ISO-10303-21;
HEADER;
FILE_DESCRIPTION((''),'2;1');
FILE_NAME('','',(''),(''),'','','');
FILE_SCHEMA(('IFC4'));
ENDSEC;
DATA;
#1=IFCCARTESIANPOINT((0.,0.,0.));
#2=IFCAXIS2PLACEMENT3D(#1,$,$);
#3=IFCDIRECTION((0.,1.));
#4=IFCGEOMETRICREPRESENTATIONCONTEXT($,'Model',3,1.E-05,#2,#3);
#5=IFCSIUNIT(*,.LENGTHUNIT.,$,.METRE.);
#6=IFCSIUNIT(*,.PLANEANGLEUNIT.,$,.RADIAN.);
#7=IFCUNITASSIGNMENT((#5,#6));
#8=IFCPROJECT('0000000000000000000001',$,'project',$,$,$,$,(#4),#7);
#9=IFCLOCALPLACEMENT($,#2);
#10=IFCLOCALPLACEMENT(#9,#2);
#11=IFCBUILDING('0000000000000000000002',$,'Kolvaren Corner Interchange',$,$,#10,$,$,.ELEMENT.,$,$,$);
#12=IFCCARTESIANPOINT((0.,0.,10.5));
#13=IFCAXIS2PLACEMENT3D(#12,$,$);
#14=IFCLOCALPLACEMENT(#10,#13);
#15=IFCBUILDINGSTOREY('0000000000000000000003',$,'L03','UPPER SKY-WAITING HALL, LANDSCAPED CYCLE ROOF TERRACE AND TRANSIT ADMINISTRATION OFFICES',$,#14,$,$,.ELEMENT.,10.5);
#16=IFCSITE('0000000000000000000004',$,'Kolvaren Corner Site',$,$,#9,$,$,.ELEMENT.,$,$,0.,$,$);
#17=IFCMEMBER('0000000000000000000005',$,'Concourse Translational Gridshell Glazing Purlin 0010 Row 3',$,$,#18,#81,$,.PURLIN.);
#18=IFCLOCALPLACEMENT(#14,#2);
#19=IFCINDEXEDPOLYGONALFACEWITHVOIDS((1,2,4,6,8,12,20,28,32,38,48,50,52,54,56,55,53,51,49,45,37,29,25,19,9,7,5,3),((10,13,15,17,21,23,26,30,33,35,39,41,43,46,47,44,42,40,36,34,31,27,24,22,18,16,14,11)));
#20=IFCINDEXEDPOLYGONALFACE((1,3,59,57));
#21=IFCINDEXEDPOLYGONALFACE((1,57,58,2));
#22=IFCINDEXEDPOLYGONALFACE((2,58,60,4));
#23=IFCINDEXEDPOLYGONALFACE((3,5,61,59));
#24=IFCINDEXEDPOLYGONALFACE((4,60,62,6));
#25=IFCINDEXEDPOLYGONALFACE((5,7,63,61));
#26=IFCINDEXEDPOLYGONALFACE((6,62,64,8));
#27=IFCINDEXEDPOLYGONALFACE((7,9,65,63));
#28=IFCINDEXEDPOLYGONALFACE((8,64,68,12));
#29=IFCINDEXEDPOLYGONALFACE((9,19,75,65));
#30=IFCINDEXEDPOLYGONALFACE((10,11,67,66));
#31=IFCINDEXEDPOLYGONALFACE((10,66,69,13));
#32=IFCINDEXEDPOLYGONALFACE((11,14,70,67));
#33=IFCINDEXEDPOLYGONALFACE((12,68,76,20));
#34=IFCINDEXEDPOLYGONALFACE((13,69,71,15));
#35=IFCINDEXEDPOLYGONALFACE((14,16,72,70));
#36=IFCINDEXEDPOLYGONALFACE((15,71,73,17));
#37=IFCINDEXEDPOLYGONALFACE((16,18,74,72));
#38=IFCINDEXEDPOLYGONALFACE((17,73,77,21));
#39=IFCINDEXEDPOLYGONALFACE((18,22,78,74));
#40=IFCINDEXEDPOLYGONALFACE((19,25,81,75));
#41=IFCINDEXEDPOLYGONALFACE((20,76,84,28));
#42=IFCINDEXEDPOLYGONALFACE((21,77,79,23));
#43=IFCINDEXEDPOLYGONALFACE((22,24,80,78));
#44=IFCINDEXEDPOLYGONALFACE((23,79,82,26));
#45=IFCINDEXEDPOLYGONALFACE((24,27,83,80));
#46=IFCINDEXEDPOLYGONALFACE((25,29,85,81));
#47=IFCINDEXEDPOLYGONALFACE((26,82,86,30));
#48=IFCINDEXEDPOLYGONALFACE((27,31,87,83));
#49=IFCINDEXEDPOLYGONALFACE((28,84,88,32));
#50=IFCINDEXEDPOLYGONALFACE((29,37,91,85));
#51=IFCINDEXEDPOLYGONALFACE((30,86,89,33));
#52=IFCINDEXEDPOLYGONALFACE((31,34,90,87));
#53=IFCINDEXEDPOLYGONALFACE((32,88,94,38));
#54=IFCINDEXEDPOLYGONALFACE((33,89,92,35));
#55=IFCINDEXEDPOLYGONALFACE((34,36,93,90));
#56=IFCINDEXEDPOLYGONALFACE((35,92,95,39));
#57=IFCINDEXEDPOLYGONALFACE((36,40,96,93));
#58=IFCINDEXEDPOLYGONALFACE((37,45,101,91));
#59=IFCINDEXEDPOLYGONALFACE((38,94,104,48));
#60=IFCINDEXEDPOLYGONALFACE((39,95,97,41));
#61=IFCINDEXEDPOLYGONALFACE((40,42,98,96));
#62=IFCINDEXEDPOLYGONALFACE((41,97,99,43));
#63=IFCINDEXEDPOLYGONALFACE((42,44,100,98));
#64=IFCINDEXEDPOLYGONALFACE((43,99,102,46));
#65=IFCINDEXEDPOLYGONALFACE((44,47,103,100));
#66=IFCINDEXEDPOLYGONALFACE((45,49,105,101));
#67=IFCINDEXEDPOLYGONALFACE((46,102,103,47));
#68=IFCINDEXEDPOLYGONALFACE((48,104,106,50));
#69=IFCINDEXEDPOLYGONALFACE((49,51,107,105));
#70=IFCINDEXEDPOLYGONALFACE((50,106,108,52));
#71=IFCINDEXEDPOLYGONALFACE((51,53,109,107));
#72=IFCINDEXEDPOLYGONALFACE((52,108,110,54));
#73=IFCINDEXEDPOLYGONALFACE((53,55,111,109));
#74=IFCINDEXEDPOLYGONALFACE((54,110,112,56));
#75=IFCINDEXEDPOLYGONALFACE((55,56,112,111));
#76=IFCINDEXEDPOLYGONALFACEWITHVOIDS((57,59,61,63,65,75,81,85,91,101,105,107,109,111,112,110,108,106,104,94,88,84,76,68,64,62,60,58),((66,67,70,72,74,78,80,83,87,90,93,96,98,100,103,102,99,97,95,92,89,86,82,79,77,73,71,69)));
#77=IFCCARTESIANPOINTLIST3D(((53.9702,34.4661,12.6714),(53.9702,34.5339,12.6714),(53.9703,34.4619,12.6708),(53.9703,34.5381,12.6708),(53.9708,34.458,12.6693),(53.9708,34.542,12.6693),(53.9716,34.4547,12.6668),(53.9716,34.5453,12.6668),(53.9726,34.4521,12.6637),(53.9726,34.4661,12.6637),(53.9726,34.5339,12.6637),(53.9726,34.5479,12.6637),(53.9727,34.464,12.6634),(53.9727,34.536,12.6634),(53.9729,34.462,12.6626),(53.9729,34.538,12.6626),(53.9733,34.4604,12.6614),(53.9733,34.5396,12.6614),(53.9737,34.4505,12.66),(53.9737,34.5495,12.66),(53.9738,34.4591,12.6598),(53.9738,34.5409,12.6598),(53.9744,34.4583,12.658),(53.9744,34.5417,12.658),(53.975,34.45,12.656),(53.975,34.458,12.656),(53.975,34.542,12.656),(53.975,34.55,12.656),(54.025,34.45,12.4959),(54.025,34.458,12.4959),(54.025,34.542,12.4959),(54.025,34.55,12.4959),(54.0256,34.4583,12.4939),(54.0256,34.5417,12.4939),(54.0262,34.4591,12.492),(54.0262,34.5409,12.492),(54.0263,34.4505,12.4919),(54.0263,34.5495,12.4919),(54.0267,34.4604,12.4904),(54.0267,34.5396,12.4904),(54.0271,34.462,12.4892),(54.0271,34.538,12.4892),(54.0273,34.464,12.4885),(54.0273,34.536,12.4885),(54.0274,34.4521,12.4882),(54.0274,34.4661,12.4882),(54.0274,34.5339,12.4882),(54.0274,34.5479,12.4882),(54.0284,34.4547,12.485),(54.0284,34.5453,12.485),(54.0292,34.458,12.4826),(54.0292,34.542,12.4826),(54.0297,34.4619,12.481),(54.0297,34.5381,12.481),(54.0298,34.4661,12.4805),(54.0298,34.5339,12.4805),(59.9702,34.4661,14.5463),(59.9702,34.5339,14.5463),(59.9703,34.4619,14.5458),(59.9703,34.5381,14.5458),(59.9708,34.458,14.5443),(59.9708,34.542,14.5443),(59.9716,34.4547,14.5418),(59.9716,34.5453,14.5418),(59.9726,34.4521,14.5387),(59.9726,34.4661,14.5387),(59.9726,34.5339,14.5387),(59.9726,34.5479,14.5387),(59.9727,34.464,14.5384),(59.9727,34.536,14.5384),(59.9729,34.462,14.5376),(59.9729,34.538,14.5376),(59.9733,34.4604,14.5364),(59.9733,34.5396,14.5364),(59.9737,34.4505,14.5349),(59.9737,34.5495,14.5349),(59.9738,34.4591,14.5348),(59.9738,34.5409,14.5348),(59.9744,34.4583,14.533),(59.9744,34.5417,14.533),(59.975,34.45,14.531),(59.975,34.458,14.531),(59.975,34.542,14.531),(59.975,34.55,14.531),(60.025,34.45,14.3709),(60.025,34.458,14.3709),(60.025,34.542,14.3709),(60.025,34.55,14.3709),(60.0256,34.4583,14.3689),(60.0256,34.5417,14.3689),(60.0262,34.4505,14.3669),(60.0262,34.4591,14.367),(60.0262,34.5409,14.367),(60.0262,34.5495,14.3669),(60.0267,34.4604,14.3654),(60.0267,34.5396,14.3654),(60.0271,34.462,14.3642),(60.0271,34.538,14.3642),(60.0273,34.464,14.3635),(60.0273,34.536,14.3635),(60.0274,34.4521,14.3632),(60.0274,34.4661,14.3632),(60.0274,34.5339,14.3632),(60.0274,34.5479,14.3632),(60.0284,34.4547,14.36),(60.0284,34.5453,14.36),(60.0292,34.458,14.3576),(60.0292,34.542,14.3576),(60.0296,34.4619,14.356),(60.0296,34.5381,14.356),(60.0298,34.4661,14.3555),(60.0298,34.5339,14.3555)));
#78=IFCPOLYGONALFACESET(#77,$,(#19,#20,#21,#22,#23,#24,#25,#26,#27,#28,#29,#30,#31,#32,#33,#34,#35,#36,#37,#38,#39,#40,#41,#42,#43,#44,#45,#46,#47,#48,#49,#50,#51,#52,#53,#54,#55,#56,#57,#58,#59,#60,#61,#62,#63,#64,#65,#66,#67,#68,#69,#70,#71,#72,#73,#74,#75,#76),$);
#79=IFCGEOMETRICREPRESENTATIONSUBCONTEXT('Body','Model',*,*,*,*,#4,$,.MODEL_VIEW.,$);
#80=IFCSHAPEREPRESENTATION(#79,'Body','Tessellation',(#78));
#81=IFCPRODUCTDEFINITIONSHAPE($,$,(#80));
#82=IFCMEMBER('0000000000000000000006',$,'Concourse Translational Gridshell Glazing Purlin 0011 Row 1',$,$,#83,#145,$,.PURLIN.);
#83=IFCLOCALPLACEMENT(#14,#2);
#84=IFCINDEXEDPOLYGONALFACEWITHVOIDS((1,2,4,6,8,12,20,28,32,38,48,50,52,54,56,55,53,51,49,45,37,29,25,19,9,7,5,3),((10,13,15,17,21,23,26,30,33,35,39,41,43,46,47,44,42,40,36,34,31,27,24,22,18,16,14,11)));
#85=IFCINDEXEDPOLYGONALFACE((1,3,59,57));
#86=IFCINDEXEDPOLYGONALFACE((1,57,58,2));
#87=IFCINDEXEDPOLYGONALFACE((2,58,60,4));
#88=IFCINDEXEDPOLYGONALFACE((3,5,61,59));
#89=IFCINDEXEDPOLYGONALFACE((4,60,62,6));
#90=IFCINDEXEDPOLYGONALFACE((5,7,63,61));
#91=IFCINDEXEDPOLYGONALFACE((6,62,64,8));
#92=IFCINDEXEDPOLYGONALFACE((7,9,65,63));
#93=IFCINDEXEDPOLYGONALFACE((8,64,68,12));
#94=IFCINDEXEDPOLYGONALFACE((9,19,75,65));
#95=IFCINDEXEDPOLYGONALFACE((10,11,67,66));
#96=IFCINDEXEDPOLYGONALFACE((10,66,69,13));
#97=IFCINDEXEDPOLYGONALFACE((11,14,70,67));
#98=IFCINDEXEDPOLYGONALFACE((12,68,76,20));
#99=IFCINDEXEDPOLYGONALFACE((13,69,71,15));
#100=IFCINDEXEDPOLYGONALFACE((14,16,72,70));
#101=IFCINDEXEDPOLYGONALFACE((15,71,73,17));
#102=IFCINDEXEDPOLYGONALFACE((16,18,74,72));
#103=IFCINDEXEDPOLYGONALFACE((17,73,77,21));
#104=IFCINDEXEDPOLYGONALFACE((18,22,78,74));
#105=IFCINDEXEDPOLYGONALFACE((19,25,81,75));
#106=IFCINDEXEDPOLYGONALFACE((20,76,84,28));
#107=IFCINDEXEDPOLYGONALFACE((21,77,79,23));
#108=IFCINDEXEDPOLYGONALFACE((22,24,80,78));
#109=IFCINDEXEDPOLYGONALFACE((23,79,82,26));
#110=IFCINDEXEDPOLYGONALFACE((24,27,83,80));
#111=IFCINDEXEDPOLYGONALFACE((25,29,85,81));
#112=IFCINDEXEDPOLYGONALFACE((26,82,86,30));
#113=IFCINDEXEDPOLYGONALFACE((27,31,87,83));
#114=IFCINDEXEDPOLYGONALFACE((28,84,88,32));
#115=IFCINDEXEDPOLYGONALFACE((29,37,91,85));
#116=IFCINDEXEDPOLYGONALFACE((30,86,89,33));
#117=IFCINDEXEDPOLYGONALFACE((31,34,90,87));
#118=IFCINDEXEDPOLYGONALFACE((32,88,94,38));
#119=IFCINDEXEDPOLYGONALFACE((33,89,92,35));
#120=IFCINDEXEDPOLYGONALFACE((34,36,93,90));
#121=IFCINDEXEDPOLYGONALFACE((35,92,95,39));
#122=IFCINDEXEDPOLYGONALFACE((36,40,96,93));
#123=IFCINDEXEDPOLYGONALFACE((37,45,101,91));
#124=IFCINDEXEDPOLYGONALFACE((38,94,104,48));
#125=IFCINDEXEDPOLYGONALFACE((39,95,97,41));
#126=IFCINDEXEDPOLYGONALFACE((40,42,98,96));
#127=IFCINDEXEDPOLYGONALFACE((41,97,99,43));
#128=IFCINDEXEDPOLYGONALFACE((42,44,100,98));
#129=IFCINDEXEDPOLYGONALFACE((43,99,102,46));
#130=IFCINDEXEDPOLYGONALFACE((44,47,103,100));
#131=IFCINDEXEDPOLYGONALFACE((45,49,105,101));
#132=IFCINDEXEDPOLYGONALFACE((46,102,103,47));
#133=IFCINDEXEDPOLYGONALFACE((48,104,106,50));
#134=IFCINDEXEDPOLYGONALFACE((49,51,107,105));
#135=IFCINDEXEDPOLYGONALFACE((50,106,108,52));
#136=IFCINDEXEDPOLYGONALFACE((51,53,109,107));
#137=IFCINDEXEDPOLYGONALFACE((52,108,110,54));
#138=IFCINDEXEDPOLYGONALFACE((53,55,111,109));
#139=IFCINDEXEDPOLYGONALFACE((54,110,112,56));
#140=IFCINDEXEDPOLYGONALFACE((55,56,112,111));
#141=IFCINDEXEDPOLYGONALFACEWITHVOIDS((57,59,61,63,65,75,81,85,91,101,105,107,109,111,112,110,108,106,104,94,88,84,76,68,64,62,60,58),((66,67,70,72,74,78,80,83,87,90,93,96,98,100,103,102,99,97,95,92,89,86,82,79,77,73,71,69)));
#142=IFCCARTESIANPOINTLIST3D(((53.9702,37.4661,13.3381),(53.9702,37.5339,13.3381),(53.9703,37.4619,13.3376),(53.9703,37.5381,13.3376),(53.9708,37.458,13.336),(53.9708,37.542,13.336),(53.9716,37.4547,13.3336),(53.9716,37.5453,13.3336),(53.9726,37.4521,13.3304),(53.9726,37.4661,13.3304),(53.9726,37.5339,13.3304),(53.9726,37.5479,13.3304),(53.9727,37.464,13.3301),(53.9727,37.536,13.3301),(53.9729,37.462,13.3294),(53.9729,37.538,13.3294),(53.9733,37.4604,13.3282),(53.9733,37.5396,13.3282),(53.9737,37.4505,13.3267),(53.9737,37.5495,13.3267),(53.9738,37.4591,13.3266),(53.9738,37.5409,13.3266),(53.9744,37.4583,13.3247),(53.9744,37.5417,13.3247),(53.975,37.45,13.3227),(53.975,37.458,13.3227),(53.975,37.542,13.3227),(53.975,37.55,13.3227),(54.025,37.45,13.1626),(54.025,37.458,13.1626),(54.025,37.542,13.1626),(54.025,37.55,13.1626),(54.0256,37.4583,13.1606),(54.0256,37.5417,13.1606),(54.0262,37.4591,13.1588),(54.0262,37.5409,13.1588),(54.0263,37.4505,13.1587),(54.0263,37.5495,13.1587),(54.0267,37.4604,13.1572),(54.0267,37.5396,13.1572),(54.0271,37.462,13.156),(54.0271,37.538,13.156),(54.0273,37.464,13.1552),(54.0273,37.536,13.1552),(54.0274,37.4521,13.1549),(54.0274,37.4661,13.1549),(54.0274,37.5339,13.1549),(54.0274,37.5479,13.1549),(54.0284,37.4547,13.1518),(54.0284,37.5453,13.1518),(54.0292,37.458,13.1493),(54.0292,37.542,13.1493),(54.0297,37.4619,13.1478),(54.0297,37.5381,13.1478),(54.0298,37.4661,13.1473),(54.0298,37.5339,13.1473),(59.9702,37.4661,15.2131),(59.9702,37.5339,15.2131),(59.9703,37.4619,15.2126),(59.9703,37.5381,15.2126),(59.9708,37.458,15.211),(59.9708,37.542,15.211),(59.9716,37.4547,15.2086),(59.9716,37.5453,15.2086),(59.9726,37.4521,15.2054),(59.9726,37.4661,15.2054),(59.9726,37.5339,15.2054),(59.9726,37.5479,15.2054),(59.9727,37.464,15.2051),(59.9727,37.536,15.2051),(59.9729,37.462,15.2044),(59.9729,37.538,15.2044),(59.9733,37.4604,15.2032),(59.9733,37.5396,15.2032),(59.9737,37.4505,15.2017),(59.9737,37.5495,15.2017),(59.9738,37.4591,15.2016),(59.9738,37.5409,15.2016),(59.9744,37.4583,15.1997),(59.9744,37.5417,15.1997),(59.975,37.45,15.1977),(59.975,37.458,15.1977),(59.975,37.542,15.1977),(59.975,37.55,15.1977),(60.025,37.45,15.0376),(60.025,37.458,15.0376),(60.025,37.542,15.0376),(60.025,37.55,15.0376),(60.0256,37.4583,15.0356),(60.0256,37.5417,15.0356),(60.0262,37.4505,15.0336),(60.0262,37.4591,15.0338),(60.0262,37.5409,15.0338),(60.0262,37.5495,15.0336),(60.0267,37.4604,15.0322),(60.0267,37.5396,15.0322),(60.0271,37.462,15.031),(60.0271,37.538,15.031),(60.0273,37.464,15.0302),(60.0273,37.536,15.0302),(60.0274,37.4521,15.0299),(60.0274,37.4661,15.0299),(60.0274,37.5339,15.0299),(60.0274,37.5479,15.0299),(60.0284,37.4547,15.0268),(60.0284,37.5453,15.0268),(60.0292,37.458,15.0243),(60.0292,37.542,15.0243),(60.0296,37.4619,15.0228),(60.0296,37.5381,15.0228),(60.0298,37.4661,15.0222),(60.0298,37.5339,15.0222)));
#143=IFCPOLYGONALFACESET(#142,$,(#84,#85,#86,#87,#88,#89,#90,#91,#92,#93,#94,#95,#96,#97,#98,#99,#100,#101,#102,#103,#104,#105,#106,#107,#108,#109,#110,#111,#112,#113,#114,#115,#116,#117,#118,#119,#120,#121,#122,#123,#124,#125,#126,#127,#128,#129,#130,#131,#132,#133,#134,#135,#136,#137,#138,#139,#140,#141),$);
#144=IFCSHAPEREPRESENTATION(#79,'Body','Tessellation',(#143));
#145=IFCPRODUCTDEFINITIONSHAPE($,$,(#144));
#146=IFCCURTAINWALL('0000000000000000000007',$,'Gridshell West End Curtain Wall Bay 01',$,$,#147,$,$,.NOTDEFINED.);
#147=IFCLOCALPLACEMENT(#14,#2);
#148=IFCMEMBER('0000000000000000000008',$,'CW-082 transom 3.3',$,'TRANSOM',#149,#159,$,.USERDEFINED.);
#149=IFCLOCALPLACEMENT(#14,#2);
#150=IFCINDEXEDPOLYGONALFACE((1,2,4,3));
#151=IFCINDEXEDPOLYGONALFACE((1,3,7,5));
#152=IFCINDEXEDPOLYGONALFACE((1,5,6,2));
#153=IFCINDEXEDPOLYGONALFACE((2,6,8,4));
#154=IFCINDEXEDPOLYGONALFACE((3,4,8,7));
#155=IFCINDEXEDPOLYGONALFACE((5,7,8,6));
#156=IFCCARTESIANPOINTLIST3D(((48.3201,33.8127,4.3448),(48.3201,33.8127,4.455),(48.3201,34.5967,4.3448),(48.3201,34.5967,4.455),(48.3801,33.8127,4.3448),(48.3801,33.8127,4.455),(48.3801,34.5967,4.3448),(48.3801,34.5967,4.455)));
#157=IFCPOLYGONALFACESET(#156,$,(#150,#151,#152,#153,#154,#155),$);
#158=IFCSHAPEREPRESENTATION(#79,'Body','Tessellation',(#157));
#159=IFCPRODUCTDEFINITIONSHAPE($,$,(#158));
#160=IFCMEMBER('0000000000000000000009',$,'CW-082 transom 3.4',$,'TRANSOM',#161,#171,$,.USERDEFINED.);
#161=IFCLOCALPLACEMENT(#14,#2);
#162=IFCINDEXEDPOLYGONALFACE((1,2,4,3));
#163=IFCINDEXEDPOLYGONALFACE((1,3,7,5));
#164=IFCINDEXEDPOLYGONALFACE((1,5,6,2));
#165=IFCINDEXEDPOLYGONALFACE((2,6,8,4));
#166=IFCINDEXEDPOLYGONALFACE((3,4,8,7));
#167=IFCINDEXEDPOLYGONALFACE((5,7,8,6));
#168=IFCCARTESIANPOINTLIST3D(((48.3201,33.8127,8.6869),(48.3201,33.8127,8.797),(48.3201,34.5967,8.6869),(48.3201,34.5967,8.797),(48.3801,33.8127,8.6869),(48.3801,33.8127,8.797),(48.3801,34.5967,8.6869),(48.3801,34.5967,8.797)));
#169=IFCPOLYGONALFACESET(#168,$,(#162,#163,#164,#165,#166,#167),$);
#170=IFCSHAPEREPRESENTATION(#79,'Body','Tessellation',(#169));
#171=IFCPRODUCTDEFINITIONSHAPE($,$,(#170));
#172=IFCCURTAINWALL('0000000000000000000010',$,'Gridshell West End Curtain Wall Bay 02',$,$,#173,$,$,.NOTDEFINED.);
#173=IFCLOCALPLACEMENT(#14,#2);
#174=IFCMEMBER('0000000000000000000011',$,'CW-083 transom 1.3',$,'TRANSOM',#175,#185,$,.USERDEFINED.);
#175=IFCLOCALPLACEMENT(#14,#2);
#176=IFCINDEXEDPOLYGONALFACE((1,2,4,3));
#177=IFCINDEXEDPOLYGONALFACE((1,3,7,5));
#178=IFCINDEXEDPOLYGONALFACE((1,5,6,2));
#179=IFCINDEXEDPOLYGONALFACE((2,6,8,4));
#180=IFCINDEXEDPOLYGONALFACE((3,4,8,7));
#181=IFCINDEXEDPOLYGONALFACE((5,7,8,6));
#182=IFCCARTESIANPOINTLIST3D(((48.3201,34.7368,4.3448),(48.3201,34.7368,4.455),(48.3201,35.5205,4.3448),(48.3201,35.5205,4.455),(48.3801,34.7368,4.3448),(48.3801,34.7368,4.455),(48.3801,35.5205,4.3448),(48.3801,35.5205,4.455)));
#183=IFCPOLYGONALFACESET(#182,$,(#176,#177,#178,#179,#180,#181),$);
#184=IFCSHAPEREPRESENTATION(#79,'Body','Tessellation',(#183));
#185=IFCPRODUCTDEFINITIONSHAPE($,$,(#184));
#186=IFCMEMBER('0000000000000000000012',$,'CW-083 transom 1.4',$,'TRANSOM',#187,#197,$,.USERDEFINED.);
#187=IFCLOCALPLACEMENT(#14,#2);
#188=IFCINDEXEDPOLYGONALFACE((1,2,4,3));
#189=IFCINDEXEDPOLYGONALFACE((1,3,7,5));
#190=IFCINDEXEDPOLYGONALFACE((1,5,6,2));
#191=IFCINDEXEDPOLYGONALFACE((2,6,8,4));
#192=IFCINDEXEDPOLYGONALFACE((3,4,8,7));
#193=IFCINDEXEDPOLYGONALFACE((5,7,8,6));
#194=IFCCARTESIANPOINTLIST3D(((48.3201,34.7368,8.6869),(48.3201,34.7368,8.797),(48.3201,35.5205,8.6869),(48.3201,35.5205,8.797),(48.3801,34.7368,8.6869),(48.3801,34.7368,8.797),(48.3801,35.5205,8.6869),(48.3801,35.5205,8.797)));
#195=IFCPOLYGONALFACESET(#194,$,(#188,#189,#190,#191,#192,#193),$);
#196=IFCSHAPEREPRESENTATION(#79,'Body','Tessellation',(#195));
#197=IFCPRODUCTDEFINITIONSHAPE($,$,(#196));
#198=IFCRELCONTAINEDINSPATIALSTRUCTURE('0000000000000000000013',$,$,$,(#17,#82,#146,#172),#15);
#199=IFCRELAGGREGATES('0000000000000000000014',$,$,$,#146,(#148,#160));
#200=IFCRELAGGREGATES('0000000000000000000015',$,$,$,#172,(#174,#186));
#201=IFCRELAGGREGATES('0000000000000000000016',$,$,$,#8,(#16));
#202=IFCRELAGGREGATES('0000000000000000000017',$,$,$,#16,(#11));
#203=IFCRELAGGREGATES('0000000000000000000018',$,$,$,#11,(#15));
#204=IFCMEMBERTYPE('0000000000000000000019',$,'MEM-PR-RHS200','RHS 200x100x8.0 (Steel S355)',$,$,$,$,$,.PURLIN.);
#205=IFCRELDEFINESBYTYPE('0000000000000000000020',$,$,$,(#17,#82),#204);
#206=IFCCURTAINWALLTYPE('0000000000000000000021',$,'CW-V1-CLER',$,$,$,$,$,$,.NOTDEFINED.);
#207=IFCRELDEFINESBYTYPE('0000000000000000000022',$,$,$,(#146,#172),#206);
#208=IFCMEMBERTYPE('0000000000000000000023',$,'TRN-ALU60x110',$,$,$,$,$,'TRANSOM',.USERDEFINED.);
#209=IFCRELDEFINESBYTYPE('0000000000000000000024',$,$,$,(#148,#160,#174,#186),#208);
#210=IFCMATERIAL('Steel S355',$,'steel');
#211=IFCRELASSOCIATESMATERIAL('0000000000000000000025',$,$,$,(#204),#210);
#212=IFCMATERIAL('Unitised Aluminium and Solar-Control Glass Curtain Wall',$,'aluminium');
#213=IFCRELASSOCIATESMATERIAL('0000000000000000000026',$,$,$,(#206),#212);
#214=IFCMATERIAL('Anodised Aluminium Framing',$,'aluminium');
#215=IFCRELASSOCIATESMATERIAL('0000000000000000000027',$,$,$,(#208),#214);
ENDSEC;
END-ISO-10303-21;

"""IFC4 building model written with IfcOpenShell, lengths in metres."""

from ifc_helpers import new_model, si_unit, direction, frame, origin, origin_2d, place, context, subcontext, project, spatial, rectangle, hollow_rectangle, extrude, material, material_profile, profile_set, type_object, element, aggregate, save


model = new_model("IFC4")

# Units and contexts
model_context = context("Model", 3, precision=1e-05, world=origin(), true_north=direction((0.0, 1.0)))
body_context = subcontext(model_context, "Body", "Model", "MODEL_VIEW")
ifc_project = project(units=[si_unit("LENGTHUNIT", "METRE"), si_unit("PLANEANGLEUNIT", "RADIAN")], contexts=[model_context])

# Site, building, storey
site_placement = place(None, origin())
site = spatial("IfcSite", under=ifc_project, at=site_placement, Name="Kolvaren Corner Site", CompositionType="ELEMENT", RefElevation=0.0)
building_placement = place(site_placement, origin())
building = spatial("IfcBuilding", under=site, at=building_placement, Name="Kolvaren Corner Interchange", CompositionType="ELEMENT")
storey_placement = place(building_placement, frame((0.0, 0.0, 10.5)))
storey = spatial("IfcBuildingStorey", under=building, at=storey_placement, Name="L03", Description="UPPER SKY-WAITING HALL, LANDSCAPED CYCLE ROOF TERRACE AND TRANSIT ADMINISTRATION OFFICES", CompositionType="ELEMENT", Elevation=10.5)

# Members
ifc_material_1 = material(Name="Steel S355", Category="steel")
ifc_material_profile_1 = material_profile(ifc_material_1, hollow_rectangle(XDim=0.1001, YDim=0.2, WallThickness=0.0081, InnerFilletRadius=0.0081, OuterFilletRadius=0.0161, at=origin_2d()), Name="RHS 200x100x8.0")
ifc_profile_set_1 = profile_set([ifc_material_profile_1], Name="Steel S355")
member_type_1 = type_object("IfcMemberType", Name="MEM-PR-RHS200", Description="RHS 200x100x8.0 (Steel S355)", PredefinedType="PURLIN", material=ifc_profile_set_1)
for number, where, z_axis, x_axis, name in (
    (1, (54.0, 34.5, 12.5759), (0.95448, 0.0, 0.298275), (0.0, 1.0, 0.0), "Concourse Translational Gridshell Glazing Purlin 0010 Row 3"),
    (2, (54.0, 37.5, 13.2427), (0.95448, 0.0, 0.298275), (0.0, 1.0, 0.0), "Concourse Translational Gridshell Glazing Purlin 0011 Row 1"),
):
    element("IfcMember", number, at=place(storey_placement, frame(where, z_axis=z_axis, x_axis=x_axis)), inside=storey, type_object=member_type_1, Name=name, PredefinedType="PURLIN", context=body_context, shape_type="SweptSolid", body=[
        extrude(hollow_rectangle(XDim=0.1001, YDim=0.2, WallThickness=0.0081, InnerFilletRadius=0.0081, OuterFilletRadius=0.0161, at=origin_2d()), origin(), (0.0, 0.0, 1.0), 6.2861),
    ])

# Curtain walls, members
ifc_material_2 = material(Name="Unitised Aluminium and Solar-Control Glass Curtain Wall", Category="aluminium")
curtain_wall_type = type_object("IfcCurtainWallType", Name="CW-V1-CLER", PredefinedType="NOTDEFINED", material=ifc_material_2)
curtain_wall_1_placement = place(storey_placement, origin())
curtain_wall_1 = element("IfcCurtainWall", 3, at=curtain_wall_1_placement, inside=storey, type_object=curtain_wall_type, Name="Gridshell West End Curtain Wall Bay 01", PredefinedType="NOTDEFINED")
ifc_material_3 = material(Name="Anodised Aluminium Framing", Category="aluminium")
ifc_material_profile_2 = material_profile(ifc_material_3, rectangle(XDim=0.0601, YDim=0.1101, at=origin_2d()), Name="ALU 60x110")
ifc_profile_set_2 = profile_set([ifc_material_profile_2], Name="Anodised Aluminium Framing")
member_type_2 = type_object("IfcMemberType", Name="TRN-ALU60x110", ElementType="TRANSOM", PredefinedType="USERDEFINED", material=ifc_profile_set_2)
member_1_placement = place(storey_placement, frame((48.3501, 33.8127, 4.3999), z_axis=(0.0, 1.0, 0.0), x_axis=(-1.0, 0.0, 0.0)))
member_1 = element("IfcMember", 4, at=member_1_placement, type_object=member_type_2, Name="CW-082 transom 3.3", ObjectType="TRANSOM", PredefinedType="USERDEFINED", context=body_context, shape_type="SweptSolid", body=[
    extrude(rectangle(XDim=0.0601, YDim=0.1101, at=origin_2d()), origin(), (0.0, 0.0, 1.0), 0.7839),
])
member_2_placement = place(storey_placement, frame((48.3501, 33.8127, 8.7419), z_axis=(0.0, 1.0, 0.0), x_axis=(-1.0, 0.0, 0.0)))
member_2 = element("IfcMember", 5, at=member_2_placement, type_object=member_type_2, Name="CW-082 transom 3.4", ObjectType="TRANSOM", PredefinedType="USERDEFINED", context=body_context, shape_type="SweptSolid", body=[
    extrude(rectangle(XDim=0.0601, YDim=0.1101, at=origin_2d()), origin(), (0.0, 0.0, 1.0), 0.7839),
])
curtain_wall_2_placement = place(storey_placement, origin())
curtain_wall_2 = element("IfcCurtainWall", 6, at=curtain_wall_2_placement, inside=storey, type_object=curtain_wall_type, Name="Gridshell West End Curtain Wall Bay 02", PredefinedType="NOTDEFINED")
member_3_placement = place(storey_placement, frame((48.3501, 34.7368, 4.3999), z_axis=(0.0, 1.0, 0.0), x_axis=(-1.0, 0.0, 0.0)))
member_3 = element("IfcMember", 7, at=member_3_placement, type_object=member_type_2, Name="CW-083 transom 1.3", ObjectType="TRANSOM", PredefinedType="USERDEFINED", context=body_context, shape_type="SweptSolid", body=[
    extrude(rectangle(XDim=0.0601, YDim=0.1101, at=origin_2d()), origin(), (0.0, 0.0, 1.0), 0.7837),
])
member_4_placement = place(storey_placement, frame((48.3501, 34.7368, 8.7419), z_axis=(0.0, 1.0, 0.0), x_axis=(-1.0, 0.0, 0.0)))
member_4 = element("IfcMember", 8, at=member_4_placement, type_object=member_type_2, Name="CW-083 transom 1.4", ObjectType="TRANSOM", PredefinedType="USERDEFINED", context=body_context, shape_type="SweptSolid", body=[
    extrude(rectangle(XDim=0.0601, YDim=0.1101, at=origin_2d()), origin(), (0.0, 0.0, 1.0), 0.7837),
])

aggregate(curtain_wall_1, [member_1, member_2])
aggregate(curtain_wall_2, [member_3, member_4])

save(model, "model.ifc")
